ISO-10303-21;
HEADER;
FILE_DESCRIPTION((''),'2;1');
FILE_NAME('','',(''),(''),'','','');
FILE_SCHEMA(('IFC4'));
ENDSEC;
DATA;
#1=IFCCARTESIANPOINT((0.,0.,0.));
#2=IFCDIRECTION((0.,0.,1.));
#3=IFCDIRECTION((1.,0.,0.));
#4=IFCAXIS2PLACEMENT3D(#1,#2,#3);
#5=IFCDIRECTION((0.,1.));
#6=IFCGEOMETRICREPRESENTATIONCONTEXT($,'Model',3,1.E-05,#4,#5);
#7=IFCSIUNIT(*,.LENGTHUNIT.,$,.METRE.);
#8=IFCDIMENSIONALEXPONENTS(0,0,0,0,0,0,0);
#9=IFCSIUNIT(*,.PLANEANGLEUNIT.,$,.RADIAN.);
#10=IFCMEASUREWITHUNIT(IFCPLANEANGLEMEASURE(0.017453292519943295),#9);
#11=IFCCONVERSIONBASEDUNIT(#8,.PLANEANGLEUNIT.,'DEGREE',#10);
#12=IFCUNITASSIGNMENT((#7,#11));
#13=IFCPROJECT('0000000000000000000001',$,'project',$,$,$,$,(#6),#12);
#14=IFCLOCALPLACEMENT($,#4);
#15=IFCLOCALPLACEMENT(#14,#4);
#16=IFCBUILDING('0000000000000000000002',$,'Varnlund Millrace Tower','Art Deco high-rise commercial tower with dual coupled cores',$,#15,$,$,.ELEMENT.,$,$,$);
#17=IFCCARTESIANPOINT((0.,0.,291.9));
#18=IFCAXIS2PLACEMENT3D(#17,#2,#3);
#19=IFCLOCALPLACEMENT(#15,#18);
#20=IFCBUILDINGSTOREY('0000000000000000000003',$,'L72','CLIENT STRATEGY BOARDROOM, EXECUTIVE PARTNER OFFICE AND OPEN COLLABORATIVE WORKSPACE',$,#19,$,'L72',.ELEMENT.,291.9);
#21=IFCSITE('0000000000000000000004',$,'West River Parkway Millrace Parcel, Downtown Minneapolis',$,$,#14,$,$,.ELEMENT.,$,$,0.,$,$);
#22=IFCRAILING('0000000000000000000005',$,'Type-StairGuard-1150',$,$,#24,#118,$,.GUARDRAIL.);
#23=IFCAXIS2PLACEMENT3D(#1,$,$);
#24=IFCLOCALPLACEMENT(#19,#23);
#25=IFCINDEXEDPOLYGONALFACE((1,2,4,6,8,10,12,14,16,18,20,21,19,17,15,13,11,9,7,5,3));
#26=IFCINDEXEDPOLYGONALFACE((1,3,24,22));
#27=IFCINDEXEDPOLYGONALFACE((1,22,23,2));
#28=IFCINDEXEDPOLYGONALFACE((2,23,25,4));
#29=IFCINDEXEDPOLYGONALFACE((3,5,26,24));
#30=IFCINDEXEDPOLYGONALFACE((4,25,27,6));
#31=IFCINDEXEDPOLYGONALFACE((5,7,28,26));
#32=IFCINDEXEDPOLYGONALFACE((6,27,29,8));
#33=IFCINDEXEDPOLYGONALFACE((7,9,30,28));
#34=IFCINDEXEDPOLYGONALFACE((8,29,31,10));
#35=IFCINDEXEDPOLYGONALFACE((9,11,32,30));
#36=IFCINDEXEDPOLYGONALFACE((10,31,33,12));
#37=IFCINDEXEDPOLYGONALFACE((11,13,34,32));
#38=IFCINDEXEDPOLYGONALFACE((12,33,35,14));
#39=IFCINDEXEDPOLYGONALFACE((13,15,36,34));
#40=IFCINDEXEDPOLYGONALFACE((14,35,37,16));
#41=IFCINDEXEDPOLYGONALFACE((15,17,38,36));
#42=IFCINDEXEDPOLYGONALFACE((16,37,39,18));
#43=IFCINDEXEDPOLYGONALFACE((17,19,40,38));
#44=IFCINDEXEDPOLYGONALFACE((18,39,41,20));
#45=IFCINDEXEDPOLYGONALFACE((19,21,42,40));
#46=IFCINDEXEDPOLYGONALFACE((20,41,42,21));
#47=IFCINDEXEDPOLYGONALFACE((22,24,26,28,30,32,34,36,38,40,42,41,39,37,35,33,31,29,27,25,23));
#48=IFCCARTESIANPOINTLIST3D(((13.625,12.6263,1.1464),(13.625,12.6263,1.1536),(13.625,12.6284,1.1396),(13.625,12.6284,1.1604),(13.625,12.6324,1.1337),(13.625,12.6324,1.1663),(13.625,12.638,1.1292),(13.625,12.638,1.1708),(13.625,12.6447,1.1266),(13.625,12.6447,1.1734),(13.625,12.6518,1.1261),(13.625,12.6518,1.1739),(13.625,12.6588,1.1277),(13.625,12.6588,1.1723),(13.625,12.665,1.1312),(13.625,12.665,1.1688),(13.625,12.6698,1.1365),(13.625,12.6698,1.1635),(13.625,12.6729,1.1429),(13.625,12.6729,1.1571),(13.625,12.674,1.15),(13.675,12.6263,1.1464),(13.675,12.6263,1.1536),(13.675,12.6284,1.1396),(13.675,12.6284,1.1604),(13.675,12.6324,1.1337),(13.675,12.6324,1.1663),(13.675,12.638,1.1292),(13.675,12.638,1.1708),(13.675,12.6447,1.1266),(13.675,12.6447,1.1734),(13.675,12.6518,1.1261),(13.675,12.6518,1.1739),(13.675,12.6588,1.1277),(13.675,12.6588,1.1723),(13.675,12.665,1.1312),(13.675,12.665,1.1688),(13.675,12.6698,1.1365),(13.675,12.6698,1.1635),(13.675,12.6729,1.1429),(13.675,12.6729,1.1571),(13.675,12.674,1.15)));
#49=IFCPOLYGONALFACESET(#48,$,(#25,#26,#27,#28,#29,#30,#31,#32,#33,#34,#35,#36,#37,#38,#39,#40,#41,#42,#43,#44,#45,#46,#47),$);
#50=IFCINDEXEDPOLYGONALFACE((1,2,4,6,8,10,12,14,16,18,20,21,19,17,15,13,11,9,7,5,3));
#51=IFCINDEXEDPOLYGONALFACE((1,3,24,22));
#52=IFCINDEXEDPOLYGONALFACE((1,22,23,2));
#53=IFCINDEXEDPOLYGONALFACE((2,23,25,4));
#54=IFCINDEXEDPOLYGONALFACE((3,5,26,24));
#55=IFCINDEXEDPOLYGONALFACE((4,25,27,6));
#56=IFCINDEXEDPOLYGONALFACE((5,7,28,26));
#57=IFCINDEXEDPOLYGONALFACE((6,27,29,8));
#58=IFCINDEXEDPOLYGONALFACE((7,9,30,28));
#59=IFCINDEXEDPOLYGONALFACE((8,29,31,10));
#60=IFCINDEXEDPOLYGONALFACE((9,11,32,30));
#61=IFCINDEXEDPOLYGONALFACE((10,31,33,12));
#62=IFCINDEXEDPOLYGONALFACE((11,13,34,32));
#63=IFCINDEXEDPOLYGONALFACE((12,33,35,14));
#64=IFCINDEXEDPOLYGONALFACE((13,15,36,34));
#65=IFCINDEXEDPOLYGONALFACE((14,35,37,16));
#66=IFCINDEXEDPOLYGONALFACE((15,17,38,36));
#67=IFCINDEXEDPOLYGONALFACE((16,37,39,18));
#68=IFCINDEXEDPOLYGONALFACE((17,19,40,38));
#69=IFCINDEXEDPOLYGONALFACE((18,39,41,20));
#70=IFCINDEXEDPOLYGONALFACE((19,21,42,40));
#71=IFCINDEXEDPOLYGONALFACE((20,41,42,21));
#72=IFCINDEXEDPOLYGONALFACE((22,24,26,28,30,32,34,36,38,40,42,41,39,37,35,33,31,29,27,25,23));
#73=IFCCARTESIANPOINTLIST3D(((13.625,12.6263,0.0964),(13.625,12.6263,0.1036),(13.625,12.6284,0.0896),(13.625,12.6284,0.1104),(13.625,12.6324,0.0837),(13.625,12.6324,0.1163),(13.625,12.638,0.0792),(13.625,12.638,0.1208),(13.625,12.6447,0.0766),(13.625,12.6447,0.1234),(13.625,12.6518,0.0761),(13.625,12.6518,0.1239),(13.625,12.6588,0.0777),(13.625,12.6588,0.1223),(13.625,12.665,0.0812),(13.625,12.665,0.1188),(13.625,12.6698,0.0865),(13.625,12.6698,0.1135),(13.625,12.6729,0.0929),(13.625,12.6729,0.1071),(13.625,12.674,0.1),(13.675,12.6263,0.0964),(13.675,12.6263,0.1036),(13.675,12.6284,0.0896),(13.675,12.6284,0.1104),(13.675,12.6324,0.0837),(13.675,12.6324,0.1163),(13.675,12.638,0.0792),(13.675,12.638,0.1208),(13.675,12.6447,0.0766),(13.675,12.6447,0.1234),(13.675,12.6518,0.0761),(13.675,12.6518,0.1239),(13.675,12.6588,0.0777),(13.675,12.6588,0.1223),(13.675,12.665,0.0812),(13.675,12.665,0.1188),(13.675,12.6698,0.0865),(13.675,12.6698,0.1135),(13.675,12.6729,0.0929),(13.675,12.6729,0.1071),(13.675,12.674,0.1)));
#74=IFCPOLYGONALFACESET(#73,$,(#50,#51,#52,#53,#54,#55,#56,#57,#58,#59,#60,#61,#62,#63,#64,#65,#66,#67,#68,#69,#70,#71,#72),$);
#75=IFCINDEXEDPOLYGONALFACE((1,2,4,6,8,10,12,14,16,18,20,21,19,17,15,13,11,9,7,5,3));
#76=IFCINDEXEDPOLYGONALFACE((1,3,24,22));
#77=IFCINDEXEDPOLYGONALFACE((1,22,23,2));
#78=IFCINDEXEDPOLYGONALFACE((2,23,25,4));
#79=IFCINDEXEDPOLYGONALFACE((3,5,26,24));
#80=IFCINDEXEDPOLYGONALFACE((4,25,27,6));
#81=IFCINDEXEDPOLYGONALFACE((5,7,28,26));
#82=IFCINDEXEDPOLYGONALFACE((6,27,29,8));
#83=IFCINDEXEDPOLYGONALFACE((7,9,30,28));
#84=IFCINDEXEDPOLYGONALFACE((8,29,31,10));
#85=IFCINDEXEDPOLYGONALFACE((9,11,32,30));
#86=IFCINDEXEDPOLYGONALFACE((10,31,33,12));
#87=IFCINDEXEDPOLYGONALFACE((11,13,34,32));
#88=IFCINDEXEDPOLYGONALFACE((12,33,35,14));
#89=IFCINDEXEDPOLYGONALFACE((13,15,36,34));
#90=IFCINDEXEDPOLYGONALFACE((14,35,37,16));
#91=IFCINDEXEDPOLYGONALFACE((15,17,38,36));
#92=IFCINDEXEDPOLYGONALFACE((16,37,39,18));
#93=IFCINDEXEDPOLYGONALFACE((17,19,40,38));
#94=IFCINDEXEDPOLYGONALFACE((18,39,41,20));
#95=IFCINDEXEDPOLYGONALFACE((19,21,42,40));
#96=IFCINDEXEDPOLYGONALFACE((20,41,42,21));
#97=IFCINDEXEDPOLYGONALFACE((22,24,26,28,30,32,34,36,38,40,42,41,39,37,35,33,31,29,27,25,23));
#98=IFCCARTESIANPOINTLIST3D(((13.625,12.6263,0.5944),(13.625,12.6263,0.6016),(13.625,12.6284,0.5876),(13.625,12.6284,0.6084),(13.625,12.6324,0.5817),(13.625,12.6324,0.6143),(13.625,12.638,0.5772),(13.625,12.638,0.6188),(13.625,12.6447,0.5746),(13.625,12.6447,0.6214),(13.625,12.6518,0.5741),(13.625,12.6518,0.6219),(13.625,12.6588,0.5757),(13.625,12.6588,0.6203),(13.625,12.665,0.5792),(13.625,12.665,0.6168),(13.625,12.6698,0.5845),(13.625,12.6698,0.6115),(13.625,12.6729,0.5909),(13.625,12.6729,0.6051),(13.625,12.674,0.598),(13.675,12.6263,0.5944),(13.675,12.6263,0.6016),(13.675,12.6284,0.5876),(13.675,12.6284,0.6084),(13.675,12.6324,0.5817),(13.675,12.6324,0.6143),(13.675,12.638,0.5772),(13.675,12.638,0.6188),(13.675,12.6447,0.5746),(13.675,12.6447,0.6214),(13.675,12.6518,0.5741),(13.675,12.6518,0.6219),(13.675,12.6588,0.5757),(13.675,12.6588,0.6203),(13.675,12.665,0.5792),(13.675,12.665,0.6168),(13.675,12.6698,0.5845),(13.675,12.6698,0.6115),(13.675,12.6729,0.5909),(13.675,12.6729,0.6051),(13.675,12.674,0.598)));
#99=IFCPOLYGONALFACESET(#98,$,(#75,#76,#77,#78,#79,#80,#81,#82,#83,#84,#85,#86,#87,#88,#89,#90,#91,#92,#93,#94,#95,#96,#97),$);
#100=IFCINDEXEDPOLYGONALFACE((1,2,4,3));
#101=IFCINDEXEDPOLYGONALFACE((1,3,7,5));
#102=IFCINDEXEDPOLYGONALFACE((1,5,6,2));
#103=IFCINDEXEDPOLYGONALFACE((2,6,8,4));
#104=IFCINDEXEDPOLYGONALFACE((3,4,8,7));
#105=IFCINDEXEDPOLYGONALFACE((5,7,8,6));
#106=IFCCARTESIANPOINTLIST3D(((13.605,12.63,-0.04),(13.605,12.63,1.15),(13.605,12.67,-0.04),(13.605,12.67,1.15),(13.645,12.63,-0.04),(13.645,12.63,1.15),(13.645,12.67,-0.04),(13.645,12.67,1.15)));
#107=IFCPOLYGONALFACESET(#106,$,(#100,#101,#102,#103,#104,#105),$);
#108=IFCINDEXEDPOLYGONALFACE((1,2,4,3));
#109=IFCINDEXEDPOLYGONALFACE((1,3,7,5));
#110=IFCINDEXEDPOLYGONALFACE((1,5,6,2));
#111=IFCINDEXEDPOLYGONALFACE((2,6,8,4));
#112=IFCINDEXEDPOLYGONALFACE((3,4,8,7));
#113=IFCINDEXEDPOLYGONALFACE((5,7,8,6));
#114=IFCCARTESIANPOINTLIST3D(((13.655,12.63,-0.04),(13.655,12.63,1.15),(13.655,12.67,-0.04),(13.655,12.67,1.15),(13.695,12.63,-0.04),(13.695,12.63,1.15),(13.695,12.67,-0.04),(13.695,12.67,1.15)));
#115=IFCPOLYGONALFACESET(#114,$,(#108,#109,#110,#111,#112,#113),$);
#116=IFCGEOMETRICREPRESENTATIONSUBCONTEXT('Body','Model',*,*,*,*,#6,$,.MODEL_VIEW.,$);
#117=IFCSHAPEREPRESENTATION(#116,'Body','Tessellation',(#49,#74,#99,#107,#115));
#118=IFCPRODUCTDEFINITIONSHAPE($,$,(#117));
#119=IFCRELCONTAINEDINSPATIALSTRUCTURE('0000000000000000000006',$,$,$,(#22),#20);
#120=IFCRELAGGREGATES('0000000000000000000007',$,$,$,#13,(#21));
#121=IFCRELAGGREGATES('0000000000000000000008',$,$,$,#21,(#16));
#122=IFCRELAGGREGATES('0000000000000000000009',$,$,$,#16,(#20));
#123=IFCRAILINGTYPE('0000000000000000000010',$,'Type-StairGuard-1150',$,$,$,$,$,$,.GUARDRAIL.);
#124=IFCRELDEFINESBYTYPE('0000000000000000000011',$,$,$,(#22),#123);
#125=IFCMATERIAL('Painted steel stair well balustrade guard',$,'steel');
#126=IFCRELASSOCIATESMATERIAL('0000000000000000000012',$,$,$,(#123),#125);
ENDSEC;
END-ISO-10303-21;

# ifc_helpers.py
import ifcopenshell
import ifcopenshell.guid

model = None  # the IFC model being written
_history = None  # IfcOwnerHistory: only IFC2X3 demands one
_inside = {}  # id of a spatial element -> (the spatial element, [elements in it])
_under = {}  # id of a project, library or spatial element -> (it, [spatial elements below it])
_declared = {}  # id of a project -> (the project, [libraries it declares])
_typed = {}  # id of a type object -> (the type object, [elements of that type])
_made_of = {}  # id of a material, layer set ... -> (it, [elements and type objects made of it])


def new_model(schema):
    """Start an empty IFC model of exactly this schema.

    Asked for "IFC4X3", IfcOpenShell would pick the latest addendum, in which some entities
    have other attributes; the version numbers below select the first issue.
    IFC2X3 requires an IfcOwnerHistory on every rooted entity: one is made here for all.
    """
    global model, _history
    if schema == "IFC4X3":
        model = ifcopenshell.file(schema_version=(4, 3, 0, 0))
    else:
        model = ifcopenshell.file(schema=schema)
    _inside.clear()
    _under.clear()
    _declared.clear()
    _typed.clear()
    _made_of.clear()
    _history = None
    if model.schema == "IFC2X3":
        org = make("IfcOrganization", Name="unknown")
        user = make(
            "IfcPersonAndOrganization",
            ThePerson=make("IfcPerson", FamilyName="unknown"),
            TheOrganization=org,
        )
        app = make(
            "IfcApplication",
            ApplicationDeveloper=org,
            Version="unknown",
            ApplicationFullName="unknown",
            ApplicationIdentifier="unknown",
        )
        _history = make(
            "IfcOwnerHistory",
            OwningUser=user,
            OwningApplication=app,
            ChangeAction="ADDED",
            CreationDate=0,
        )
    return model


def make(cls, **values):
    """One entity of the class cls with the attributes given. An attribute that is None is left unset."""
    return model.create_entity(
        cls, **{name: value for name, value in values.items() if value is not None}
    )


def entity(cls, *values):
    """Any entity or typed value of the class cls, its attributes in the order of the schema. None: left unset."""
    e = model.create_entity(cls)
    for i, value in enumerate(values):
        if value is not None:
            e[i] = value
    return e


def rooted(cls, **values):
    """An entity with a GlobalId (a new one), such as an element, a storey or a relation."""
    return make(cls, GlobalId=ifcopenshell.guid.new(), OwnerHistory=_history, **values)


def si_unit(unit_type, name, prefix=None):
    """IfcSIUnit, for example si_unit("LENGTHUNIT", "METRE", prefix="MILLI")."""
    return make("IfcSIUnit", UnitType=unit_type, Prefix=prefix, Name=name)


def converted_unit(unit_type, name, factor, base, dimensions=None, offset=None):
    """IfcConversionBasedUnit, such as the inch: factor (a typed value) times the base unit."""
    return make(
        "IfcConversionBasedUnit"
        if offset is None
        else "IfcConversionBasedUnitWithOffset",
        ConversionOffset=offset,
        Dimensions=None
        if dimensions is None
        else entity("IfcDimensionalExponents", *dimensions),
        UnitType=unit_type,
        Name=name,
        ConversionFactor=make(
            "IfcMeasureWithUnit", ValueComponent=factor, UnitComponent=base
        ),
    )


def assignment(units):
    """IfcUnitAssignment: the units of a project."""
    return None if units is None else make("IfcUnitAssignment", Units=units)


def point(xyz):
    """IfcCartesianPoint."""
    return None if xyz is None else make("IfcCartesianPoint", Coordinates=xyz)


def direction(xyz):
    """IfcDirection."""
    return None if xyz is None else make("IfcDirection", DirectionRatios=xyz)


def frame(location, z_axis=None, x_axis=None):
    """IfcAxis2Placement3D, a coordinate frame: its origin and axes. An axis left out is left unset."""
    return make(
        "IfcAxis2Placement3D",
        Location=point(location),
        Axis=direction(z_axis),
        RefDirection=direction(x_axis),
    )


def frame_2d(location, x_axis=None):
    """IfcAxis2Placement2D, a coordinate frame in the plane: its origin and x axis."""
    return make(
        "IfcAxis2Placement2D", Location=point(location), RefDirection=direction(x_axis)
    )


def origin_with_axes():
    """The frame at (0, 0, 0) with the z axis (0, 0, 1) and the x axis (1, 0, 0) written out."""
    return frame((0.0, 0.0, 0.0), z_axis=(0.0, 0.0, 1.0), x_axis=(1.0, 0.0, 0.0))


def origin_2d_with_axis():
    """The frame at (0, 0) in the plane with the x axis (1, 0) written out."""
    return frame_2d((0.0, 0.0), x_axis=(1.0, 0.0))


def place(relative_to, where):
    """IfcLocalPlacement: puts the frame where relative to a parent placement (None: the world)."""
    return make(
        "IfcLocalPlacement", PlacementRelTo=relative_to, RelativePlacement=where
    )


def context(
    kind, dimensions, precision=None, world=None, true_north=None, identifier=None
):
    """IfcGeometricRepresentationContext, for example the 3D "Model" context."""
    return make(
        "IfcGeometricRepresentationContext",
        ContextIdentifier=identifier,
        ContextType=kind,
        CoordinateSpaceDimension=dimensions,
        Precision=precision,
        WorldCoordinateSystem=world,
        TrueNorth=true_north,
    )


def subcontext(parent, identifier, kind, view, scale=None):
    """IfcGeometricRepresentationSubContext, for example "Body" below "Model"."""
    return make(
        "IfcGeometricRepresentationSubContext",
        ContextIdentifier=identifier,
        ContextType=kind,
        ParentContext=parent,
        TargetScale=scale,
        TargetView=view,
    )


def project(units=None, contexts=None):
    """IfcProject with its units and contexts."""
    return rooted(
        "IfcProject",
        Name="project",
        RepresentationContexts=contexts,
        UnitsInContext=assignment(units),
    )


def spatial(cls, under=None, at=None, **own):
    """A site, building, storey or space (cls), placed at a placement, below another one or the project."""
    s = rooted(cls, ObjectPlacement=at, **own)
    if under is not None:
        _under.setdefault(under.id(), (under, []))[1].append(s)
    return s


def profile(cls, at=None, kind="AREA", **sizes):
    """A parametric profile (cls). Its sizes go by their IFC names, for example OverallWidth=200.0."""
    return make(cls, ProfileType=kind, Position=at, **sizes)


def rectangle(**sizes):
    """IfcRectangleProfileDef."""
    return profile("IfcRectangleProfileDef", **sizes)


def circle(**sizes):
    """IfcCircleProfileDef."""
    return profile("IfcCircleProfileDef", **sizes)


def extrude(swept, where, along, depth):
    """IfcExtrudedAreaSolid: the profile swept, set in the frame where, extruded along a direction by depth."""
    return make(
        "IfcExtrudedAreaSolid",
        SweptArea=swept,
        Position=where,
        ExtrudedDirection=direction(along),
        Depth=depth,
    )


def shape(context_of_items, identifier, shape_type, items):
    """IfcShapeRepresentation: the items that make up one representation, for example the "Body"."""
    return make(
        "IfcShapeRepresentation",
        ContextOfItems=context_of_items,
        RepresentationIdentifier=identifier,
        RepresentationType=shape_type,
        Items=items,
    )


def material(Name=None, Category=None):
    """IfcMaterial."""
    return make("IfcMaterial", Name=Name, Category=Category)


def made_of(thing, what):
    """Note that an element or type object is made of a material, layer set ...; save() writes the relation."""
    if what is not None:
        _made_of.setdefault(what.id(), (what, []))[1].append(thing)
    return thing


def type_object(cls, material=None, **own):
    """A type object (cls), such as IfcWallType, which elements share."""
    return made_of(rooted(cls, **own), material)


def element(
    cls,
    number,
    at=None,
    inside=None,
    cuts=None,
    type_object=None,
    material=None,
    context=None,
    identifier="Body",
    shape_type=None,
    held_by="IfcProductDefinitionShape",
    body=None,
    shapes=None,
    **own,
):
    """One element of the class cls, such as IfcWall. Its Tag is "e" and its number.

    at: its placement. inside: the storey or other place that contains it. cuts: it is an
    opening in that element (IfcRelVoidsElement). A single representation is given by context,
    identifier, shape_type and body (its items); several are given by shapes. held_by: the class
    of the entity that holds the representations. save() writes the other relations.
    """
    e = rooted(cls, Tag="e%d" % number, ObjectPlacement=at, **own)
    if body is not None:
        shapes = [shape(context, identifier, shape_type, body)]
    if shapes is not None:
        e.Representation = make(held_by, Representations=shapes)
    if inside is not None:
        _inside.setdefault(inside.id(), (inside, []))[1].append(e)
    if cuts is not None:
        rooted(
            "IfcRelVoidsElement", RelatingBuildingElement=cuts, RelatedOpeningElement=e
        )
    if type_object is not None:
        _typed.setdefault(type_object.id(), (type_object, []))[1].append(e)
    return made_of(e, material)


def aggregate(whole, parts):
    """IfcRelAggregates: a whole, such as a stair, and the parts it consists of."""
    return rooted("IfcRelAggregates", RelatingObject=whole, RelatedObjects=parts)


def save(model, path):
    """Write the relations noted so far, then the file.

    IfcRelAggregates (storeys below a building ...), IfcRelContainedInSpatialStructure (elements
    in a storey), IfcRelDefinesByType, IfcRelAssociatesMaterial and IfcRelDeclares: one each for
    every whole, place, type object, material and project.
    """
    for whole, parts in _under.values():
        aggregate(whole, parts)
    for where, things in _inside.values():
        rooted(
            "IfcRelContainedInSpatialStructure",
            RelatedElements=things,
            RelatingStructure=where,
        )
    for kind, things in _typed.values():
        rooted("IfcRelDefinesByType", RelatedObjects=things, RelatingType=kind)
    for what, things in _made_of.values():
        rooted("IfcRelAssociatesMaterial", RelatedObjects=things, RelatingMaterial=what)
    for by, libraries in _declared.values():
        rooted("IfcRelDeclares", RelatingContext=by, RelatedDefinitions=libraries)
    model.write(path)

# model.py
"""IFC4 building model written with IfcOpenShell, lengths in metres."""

from ifc_helpers import new_model, entity, si_unit, converted_unit, direction, frame, origin_with_axes, origin_2d_with_axis, place, context, subcontext, project, spatial, rectangle, circle, extrude, material, type_object, element, save


model = new_model("IFC4")

# Units and contexts
model_context = context("Model", 3, precision=1e-05, world=origin_with_axes(), true_north=direction((0.0, 1.0)))
body_context = subcontext(model_context, "Body", "Model", "MODEL_VIEW")
ifc_project = project(units=[si_unit("LENGTHUNIT", "METRE"), converted_unit("PLANEANGLEUNIT", "DEGREE", entity("IfcPlaneAngleMeasure", 0.017453292519943295), si_unit("PLANEANGLEUNIT", "RADIAN"), dimensions=[0, 0, 0, 0, 0, 0, 0])], contexts=[model_context])

# Site, building, storey
site_placement = place(None, origin_with_axes())
site = spatial("IfcSite", under=ifc_project, at=site_placement, Name="West River Parkway Millrace Parcel, Downtown Minneapolis", CompositionType="ELEMENT", RefElevation=0.0)
building_placement = place(site_placement, origin_with_axes())
building = spatial("IfcBuilding", under=site, at=building_placement, Name="Varnlund Millrace Tower", Description="Art Deco high-rise commercial tower with dual coupled cores", CompositionType="ELEMENT")
storey_placement = place(building_placement, frame((0.0, 0.0, 291.9), z_axis=(0.0, 0.0, 1.0), x_axis=(1.0, 0.0, 0.0)))
storey = spatial("IfcBuildingStorey", under=building, at=storey_placement, Name="L72", Description="CLIENT STRATEGY BOARDROOM, EXECUTIVE PARTNER OFFICE AND OPEN COLLABORATIVE WORKSPACE", LongName="L72", CompositionType="ELEMENT", Elevation=291.9)

# Railing
ifc_material_1 = material(Name="Painted steel stair well balustrade guard", Category="steel")
railing_type_1 = type_object("IfcRailingType", Name="Type-StairGuard-1150", PredefinedType="GUARDRAIL", material=ifc_material_1)
railing_1_placement = place(storey_placement, frame((0.0, 0.0, -291.9), z_axis=(0.0, 0.0, 1.0), x_axis=(1.0, 0.0, 0.0)))
element("IfcRailing", 1, at=railing_1_placement, inside=storey, type_object=railing_type_1, Name="Type-StairGuard-1150", PredefinedType="GUARDRAIL", context=body_context, shape_type="SweptSolid", body=[
    extrude(circle(Radius=0.024, at=origin_2d_with_axis()), frame((13.625, 12.65, 293.05), z_axis=(1.0, 0.0, 0.0), x_axis=(0.0, 1.0, 0.0)), (0.0, 0.0, 1.0), 0.05),
    extrude(circle(Radius=0.024, at=origin_2d_with_axis()), frame((13.625, 12.65, 292.0), z_axis=(1.0, 0.0, 0.0), x_axis=(0.0, 1.0, 0.0)), (0.0, 0.0, 1.0), 0.05),
    extrude(circle(Radius=0.024, at=origin_2d_with_axis()), frame((13.625, 12.65, 292.498), z_axis=(1.0, 0.0, 0.0), x_axis=(0.0, 1.0, 0.0)), (0.0, 0.0, 1.0), 0.05),
    extrude(rectangle(XDim=0.04, YDim=0.04, at=origin_2d_with_axis()), frame((13.625, 12.65, 291.86), z_axis=(0.0, 0.0, 1.0), x_axis=(1.0, 0.0, 0.0)), (0.0, 0.0, 1.0), 1.19),
    extrude(rectangle(XDim=0.04, YDim=0.04, at=origin_2d_with_axis()), frame((13.675, 12.65, 291.86), z_axis=(0.0, 0.0, 1.0), x_axis=(1.0, 0.0, 0.0)), (0.0, 0.0, 1.0), 1.19),
])

save(model, "model.ifc")
